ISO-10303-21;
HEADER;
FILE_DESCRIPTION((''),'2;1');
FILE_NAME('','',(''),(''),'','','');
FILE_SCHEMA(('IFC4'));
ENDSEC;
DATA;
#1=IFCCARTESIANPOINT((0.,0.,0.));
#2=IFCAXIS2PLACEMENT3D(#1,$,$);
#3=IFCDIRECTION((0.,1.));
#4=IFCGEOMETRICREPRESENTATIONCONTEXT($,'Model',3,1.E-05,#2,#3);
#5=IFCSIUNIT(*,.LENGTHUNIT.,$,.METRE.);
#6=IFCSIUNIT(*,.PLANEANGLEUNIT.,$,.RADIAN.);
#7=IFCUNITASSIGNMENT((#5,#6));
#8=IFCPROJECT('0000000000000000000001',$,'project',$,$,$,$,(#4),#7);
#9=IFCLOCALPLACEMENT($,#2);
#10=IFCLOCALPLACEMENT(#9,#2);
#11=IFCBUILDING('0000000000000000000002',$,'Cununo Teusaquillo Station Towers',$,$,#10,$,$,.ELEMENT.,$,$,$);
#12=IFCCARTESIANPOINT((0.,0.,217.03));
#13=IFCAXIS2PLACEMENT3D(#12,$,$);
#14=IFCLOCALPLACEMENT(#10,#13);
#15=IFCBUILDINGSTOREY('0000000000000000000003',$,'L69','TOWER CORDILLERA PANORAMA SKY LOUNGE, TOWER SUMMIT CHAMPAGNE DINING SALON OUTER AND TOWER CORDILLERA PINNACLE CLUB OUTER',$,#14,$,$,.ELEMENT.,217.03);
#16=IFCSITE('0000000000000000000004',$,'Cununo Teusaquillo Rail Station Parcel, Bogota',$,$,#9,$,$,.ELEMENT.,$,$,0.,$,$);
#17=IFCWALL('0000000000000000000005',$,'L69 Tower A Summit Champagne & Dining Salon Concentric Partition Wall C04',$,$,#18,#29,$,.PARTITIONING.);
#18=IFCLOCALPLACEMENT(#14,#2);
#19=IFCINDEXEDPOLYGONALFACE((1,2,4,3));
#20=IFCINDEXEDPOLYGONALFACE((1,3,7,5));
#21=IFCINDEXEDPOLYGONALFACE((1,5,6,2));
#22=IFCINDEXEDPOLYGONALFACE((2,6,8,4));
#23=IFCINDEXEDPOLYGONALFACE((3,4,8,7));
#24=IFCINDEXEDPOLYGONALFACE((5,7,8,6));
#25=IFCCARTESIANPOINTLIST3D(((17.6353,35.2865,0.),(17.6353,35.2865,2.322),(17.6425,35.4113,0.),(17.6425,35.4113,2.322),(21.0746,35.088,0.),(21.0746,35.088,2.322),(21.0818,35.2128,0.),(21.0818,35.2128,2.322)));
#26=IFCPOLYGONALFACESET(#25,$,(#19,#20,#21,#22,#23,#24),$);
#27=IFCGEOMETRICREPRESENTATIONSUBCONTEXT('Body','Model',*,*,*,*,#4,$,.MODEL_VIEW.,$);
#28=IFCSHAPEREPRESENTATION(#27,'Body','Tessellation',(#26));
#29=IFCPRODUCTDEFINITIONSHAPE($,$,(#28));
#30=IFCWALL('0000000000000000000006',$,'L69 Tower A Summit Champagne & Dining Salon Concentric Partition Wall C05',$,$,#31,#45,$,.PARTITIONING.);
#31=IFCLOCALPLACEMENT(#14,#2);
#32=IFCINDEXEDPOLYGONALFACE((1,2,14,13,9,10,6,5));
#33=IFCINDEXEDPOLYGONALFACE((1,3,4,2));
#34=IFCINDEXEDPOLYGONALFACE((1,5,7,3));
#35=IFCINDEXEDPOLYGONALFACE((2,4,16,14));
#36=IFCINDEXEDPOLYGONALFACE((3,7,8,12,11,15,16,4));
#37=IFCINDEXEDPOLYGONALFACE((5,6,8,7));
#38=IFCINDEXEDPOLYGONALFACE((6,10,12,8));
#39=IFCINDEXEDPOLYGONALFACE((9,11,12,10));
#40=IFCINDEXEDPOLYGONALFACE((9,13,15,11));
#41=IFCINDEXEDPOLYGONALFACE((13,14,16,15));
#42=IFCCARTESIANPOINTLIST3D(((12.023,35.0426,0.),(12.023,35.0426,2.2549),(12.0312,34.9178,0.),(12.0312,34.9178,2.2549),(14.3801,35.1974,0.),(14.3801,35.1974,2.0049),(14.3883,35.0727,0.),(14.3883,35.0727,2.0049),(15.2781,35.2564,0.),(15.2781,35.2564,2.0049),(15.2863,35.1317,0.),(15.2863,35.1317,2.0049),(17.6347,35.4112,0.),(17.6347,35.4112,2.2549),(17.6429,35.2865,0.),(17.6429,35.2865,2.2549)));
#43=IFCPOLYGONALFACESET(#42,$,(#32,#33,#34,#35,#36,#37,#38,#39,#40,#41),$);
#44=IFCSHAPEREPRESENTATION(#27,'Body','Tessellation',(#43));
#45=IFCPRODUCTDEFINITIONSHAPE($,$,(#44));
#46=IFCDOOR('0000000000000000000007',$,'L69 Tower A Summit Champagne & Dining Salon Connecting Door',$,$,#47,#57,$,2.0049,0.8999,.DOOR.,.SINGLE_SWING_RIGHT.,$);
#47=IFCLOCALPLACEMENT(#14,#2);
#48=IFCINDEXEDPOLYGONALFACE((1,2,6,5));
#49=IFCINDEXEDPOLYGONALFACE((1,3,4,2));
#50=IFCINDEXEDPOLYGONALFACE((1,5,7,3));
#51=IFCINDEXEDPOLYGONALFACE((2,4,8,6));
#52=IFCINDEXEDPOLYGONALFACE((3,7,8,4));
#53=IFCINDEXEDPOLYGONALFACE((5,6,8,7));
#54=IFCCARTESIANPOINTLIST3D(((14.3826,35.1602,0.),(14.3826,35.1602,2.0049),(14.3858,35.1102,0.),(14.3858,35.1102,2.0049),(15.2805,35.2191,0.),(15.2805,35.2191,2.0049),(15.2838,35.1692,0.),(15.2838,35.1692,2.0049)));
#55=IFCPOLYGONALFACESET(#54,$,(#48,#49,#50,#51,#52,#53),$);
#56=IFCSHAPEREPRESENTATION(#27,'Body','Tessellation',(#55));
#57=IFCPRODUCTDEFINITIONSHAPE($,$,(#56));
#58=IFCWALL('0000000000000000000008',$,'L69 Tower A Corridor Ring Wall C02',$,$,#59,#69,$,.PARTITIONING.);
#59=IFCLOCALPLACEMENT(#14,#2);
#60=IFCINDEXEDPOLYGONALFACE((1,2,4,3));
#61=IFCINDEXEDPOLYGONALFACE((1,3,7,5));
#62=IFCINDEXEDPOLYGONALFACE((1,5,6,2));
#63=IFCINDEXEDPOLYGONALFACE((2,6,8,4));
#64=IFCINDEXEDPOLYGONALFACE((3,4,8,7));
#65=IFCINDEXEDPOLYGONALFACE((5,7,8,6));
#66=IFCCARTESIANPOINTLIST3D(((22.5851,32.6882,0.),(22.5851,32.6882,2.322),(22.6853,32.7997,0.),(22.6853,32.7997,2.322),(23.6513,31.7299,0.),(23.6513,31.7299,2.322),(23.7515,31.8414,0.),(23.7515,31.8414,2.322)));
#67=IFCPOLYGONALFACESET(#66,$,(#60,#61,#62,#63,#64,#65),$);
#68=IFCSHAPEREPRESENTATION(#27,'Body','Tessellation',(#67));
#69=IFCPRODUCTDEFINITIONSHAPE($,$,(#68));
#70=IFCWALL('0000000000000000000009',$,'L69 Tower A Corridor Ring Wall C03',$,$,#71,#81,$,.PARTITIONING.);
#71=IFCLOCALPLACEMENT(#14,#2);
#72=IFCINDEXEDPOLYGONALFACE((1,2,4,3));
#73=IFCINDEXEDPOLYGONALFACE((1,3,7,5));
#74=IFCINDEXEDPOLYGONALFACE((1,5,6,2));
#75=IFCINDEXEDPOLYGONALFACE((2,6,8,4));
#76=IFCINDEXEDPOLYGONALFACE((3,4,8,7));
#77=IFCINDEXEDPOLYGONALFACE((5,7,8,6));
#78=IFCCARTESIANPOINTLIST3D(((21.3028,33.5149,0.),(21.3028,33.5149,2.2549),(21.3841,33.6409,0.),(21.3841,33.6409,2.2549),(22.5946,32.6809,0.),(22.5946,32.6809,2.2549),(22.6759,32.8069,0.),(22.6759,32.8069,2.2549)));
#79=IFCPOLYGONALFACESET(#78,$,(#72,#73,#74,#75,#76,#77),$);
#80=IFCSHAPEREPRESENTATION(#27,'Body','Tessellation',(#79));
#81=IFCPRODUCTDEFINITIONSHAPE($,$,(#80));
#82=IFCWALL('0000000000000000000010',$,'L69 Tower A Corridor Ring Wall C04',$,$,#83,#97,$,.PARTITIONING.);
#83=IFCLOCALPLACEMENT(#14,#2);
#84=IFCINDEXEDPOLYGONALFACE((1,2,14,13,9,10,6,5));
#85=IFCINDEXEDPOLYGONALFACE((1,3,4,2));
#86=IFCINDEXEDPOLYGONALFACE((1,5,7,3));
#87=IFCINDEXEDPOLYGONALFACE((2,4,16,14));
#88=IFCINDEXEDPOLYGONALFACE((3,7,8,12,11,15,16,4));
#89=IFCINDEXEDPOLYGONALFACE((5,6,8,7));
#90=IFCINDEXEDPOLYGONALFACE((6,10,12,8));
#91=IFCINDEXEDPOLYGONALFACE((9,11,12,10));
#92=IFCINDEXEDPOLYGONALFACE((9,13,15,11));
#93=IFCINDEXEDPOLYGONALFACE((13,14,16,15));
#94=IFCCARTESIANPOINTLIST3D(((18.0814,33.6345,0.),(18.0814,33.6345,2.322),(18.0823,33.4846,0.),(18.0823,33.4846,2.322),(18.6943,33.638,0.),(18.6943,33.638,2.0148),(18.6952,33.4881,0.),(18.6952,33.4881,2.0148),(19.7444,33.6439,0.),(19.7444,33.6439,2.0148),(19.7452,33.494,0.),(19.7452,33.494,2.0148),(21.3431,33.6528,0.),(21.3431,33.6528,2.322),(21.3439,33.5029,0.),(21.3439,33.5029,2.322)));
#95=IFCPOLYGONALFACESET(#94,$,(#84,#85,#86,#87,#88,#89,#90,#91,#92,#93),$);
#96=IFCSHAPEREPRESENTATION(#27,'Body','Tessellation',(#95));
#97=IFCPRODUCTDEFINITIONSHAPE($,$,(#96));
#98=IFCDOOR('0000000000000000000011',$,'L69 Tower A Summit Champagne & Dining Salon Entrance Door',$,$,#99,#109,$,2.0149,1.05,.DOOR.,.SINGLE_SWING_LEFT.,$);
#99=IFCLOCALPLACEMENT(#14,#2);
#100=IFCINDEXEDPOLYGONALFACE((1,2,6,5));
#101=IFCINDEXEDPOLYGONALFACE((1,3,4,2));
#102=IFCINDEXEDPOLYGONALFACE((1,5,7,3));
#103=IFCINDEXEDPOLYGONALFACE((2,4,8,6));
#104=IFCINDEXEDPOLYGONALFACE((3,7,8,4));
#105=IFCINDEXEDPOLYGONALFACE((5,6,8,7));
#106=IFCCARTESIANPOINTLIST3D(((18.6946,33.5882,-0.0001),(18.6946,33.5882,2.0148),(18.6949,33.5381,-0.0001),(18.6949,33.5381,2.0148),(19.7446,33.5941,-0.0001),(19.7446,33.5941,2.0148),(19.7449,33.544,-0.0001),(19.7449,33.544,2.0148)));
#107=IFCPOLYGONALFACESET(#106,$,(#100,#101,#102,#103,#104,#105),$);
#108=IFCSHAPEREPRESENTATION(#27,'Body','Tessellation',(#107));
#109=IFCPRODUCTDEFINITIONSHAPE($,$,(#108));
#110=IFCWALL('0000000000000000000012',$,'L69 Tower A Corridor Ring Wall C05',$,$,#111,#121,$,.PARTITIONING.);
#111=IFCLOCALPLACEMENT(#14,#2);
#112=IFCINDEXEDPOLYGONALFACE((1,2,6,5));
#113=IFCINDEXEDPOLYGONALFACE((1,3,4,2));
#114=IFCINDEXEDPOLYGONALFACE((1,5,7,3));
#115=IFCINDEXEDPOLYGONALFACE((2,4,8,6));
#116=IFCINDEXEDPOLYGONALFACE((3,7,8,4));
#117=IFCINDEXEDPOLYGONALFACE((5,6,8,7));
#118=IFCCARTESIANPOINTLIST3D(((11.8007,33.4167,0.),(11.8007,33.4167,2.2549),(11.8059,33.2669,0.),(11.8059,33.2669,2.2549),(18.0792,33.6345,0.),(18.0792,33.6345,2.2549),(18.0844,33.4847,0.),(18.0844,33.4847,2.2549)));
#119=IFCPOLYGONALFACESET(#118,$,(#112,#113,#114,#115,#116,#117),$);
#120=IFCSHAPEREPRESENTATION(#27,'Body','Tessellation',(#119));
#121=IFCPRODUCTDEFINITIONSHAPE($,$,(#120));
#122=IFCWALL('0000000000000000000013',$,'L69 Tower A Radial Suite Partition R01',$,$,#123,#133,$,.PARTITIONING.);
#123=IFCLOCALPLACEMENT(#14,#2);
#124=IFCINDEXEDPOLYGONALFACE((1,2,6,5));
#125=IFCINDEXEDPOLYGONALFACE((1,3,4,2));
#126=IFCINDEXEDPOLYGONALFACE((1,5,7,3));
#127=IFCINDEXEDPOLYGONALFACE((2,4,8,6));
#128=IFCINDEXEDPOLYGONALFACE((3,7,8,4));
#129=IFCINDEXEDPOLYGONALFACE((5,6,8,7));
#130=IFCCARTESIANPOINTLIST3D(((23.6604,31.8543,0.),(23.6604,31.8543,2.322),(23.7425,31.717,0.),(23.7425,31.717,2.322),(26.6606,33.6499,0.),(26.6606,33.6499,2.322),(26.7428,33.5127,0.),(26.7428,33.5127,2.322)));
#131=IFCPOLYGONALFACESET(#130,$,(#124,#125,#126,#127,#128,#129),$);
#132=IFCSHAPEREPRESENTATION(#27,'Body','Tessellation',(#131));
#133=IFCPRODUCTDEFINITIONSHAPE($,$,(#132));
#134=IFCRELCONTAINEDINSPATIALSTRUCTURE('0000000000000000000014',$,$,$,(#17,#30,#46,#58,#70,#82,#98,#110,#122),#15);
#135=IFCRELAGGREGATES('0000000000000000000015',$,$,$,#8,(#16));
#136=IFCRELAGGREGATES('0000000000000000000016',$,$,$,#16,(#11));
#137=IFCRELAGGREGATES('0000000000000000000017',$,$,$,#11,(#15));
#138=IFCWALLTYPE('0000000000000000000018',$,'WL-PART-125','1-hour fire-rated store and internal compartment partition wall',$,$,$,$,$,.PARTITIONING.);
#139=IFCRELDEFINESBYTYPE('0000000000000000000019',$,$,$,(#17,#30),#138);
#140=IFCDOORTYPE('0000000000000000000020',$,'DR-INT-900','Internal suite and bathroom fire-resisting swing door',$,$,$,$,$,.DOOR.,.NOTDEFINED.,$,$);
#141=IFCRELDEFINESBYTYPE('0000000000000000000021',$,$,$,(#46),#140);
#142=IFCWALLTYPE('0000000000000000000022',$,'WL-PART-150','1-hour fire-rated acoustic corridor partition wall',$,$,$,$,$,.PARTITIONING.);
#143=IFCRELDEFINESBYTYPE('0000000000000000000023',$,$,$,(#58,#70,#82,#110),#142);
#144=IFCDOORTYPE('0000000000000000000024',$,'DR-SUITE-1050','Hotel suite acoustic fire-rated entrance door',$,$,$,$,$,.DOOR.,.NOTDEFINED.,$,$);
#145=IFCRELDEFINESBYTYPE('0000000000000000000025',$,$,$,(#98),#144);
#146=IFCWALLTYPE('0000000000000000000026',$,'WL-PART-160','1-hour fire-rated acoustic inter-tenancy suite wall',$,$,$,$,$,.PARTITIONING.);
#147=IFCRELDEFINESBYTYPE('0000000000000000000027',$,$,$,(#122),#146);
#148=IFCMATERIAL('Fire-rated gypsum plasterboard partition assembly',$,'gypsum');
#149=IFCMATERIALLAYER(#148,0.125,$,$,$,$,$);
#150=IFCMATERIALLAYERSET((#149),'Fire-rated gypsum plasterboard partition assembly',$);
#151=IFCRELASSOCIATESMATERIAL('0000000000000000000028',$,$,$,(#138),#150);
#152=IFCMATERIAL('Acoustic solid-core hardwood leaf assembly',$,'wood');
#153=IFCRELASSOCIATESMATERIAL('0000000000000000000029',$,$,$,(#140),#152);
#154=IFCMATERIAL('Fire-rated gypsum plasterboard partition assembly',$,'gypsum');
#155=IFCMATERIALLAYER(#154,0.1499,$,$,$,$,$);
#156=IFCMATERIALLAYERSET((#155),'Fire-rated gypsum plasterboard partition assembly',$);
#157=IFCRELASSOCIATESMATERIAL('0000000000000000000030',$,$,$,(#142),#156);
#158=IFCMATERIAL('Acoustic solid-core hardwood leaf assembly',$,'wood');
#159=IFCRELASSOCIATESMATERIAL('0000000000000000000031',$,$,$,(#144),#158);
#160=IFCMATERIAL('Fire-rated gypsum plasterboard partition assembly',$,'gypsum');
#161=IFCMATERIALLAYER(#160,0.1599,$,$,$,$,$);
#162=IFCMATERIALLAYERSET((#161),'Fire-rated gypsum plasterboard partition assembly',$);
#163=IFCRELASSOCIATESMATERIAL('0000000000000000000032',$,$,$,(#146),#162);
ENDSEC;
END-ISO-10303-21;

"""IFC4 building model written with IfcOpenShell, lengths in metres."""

from ifc_helpers import new_model, si_unit, direction, frame, frame_2d, origin, place, context, subcontext, project, spatial, rectangle, extrude, source, transform, mapped, material, layer, layer_set, type_object, element, fill, save


model = new_model("IFC4")

# Units and contexts
model_context = context("Model", 3, precision=1e-05, world=origin(), true_north=direction((0.0, 1.0)))
body_context = subcontext(model_context, "Body", "Model", "MODEL_VIEW")
ifc_project = project(units=[si_unit("LENGTHUNIT", "METRE"), si_unit("PLANEANGLEUNIT", "RADIAN")], contexts=[model_context])

# Site, building, storey
site_placement = place(None, origin())
site = spatial("IfcSite", under=ifc_project, at=site_placement, Name="Cununo Teusaquillo Rail Station Parcel, Bogota", CompositionType="ELEMENT", RefElevation=0.0)
building_placement = place(site_placement, origin())
building = spatial("IfcBuilding", under=site, at=building_placement, Name="Cununo Teusaquillo Station Towers", CompositionType="ELEMENT")
storey_placement = place(building_placement, frame((0.0, 0.0, 217.03)))
storey = spatial("IfcBuildingStorey", under=building, at=storey_placement, Name="L69", Description="TOWER CORDILLERA PANORAMA SKY LOUNGE, TOWER SUMMIT CHAMPAGNE DINING SALON OUTER AND TOWER CORDILLERA PINNACLE CLUB OUTER", CompositionType="ELEMENT", Elevation=217.03)

# Wall
ifc_material_1 = material(Name="Fire-rated gypsum plasterboard partition assembly", Category="gypsum")
ifc_layer_1 = layer(ifc_material_1, 0.125)
ifc_layer_set_1 = layer_set([ifc_layer_1], Name="Fire-rated gypsum plasterboard partition assembly")
wall_type_1 = type_object("IfcWallType", Name="WL-PART-125", Description="1-hour fire-rated store and internal compartment partition wall", PredefinedType="PARTITIONING", material=ifc_layer_set_1)
wall_1_placement = place(storey_placement, frame((21.0784, 35.1504, 0.0), z_axis=(0.0, 0.0, 1.0), x_axis=(-0.998339, 0.057613, 0.0)))
element("IfcWall", 1, at=wall_1_placement, inside=storey, type_object=wall_type_1, Name="L69 Tower A Summit Champagne & Dining Salon Concentric Partition Wall C04", PredefinedType="PARTITIONING", context=body_context, shape_type="SweptSolid", body=[
    extrude(rectangle(XDim=3.4451, YDim=0.125, at=frame_2d((1.7227, 0.0))), origin(), (0.0, 0.0, 1.0), 2.322),
])

# Wall, opening, door
wall_2_placement = place(storey_placement, frame((17.6389, 35.3489, 0.0), z_axis=(0.0, 0.0, 1.0), x_axis=(-0.997849, -0.065554, 0.0)))
wall_2 = element("IfcWall", 2, at=wall_2_placement, inside=storey, type_object=wall_type_1, Name="L69 Tower A Summit Champagne & Dining Salon Concentric Partition Wall C05", PredefinedType="PARTITIONING", context=body_context, shape_type="SweptSolid", body=[
    extrude(rectangle(XDim=5.6238, YDim=0.125, at=frame_2d((2.812, 0.0))), origin(), (0.0, 0.0, 1.0), 2.2549),
])
shared_shape_1 = source(origin(), body_context, "Body", "SweptSolid", [
    extrude(rectangle(XDim=0.8999, YDim=2.0049, at=frame_2d((0.45, 1.0024))), frame((0.0, 0.0725, 0.0), z_axis=(0.0, -1.0, 0.0), x_axis=(1.0, 0.0, 0.0)), (0.0, 0.0, 1.0), 0.145),
])
opening_1_placement = place(wall_2_placement, frame((2.3618, 0.0, 0.0)))
opening_1 = element("IfcOpeningElement", 3, at=opening_1_placement, cuts=wall_2, PredefinedType="OPENING", context=body_context, shape_type="MappedRepresentation", body=[
    mapped(shared_shape_1, transform((0.0, 0.0, 0.0), x_axis=(1.0, 0.0, 0.0), y_axis=(0.0, 1.0, 0.0), z_axis=(0.0, 0.0, 1.0), scale=1.0)),
])
ifc_material_2 = material(Name="Acoustic solid-core hardwood leaf assembly", Category="wood")
door_type_1 = type_object("IfcDoorType", Name="DR-INT-900", Description="Internal suite and bathroom fire-resisting swing door", OperationType="NOTDEFINED", PredefinedType="DOOR", material=ifc_material_2)
shared_shape_2 = source(origin(), body_context, "Body", "SweptSolid", [
    extrude(rectangle(XDim=0.8999, YDim=2.0049, at=frame_2d((0.45, 1.0024))), frame((0.0, 0.0249, 0.0), z_axis=(0.0, -1.0, 0.0), x_axis=(1.0, 0.0, 0.0)), (0.0, 0.0, 1.0), 0.05),
])
door_1_placement = place(opening_1_placement, origin())
door_1 = element("IfcDoor", 4, at=door_1_placement, inside=storey, type_object=door_type_1, Name="L69 Tower A Summit Champagne & Dining Salon Connecting Door", OperationType="SINGLE_SWING_RIGHT", OverallHeight=2.0049, OverallWidth=0.8999, PredefinedType="DOOR", context=body_context, shape_type="MappedRepresentation", body=[
    mapped(shared_shape_2, transform((0.0, 0.0, 0.0), x_axis=(1.0, 0.0, 0.0), y_axis=(0.0, 1.0, 0.0), z_axis=(0.0, 0.0, 1.0), scale=1.0)),
])
fill(opening_1, door_1)

# Walls
ifc_material_3 = material(Name="Fire-rated gypsum plasterboard partition assembly", Category="gypsum")
ifc_layer_2 = layer(ifc_material_3, 0.1499)
ifc_layer_set_2 = layer_set([ifc_layer_2], Name="Fire-rated gypsum plasterboard partition assembly")
wall_type_2 = type_object("IfcWallType", Name="WL-PART-150", Description="1-hour fire-rated acoustic corridor partition wall", PredefinedType="PARTITIONING", material=ifc_layer_set_2)
wall_3_placement = place(storey_placement, frame((23.7014, 31.7856, 0.0), z_axis=(0.0, 0.0, 1.0), x_axis=(-0.743743, 0.668466, 0.0)))
element("IfcWall", 5, at=wall_3_placement, inside=storey, type_object=wall_type_2, Name="L69 Tower A Corridor Ring Wall C02", PredefinedType="PARTITIONING", context=body_context, shape_type="SweptSolid", body=[
    extrude(rectangle(XDim=1.4336, YDim=0.1499, at=frame_2d((0.7168, 0.0))), origin(), (0.0, 0.0, 1.0), 2.322),
])
wall_4_placement = place(storey_placement, frame((22.6353, 32.7439, 0.0), z_axis=(0.0, 0.0, 1.0), x_axis=(-0.840119, 0.542402, 0.0)))
element("IfcWall", 6, at=wall_4_placement, inside=storey, type_object=wall_type_2, Name="L69 Tower A Corridor Ring Wall C03", PredefinedType="PARTITIONING", context=body_context, shape_type="SweptSolid", body=[
    extrude(rectangle(XDim=1.5376, YDim=0.1499, at=frame_2d((0.7688, 0.0))), origin(), (0.0, 0.0, 1.0), 2.2549),
])

# Wall, opening, door
wall_5_placement = place(storey_placement, frame((21.3435, 33.5779, 0.0), z_axis=(0.0, 0.0, 1.0), x_axis=(-0.999984, -0.005614, 0.0)))
wall_5 = element("IfcWall", 7, at=wall_5_placement, inside=storey, type_object=wall_type_2, Name="L69 Tower A Corridor Ring Wall C04", PredefinedType="PARTITIONING", context=body_context, shape_type="SweptSolid", body=[
    extrude(rectangle(XDim=3.2617, YDim=0.1499, at=frame_2d((1.6309, 0.0))), origin(), (0.0, 0.0, 1.0), 2.322),
])
shared_shape_3 = source(origin(), body_context, "Body", "SweptSolid", [
    extrude(rectangle(XDim=1.05, YDim=2.0149, at=frame_2d((0.5249, 1.0073))), frame((0.0, 0.085, 0.0), z_axis=(0.0, -1.0, 0.0), x_axis=(1.0, 0.0, 0.0)), (0.0, 0.0, 1.0), 0.1699),
])
opening_2_placement = place(wall_5_placement, frame((1.5989, 0.0, 0.0)))
opening_2 = element("IfcOpeningElement", 8, at=opening_2_placement, cuts=wall_5, PredefinedType="OPENING", context=body_context, shape_type="MappedRepresentation", body=[
    mapped(shared_shape_3, transform((0.0, 0.0, 0.0), x_axis=(1.0, 0.0, 0.0), y_axis=(0.0, 1.0, 0.0), z_axis=(0.0, 0.0, 1.0), scale=1.0)),
])
ifc_material_4 = material(Name="Acoustic solid-core hardwood leaf assembly", Category="wood")
door_type_2 = type_object("IfcDoorType", Name="DR-SUITE-1050", Description="Hotel suite acoustic fire-rated entrance door", OperationType="NOTDEFINED", PredefinedType="DOOR", material=ifc_material_4)
shared_shape_4 = source(origin(), body_context, "Body", "SweptSolid", [
    extrude(rectangle(XDim=1.05, YDim=2.0149, at=frame_2d((0.5249, 1.0073))), frame((0.0, 0.0249, 0.0), z_axis=(0.0, -1.0, 0.0), x_axis=(1.0, 0.0, 0.0)), (0.0, 0.0, 1.0), 0.05),
])
door_2_placement = place(opening_2_placement, origin())
door_2 = element("IfcDoor", 9, at=door_2_placement, inside=storey, type_object=door_type_2, Name="L69 Tower A Summit Champagne & Dining Salon Entrance Door", OperationType="SINGLE_SWING_LEFT", OverallHeight=2.0149, OverallWidth=1.05, PredefinedType="DOOR", context=body_context, shape_type="MappedRepresentation", body=[
    mapped(shared_shape_4, transform((0.0, 0.0, 0.0), x_axis=(1.0, 0.0, 0.0), y_axis=(0.0, 1.0, 0.0), z_axis=(0.0, 0.0, 1.0), scale=1.0)),
])
fill(opening_2, door_2)

# Walls
wall_6_placement = place(storey_placement, frame((18.0818, 33.5596, 0.0), z_axis=(0.0, 0.0, 1.0), x_axis=(-0.999399, -0.034664, 0.0)))
element("IfcWall", 10, at=wall_6_placement, inside=storey, type_object=wall_type_2, Name="L69 Tower A Corridor Ring Wall C05", PredefinedType="PARTITIONING", context=body_context, shape_type="SweptSolid", body=[
    extrude(rectangle(XDim=6.2822, YDim=0.1499, at=frame_2d((3.1411, 0.0))), origin(), (0.0, 0.0, 1.0), 2.2549),
])
ifc_material_5 = material(Name="Fire-rated gypsum plasterboard partition assembly", Category="gypsum")
ifc_layer_3 = layer(ifc_material_5, 0.1599)
ifc_layer_set_3 = layer_set([ifc_layer_3], Name="Fire-rated gypsum plasterboard partition assembly")
wall_type_3 = type_object("IfcWallType", Name="WL-PART-160", Description="1-hour fire-rated acoustic inter-tenancy suite wall", PredefinedType="PARTITIONING", material=ifc_layer_set_3)
wall_7_placement = place(storey_placement, frame((23.7014, 31.7856, 0.0), z_axis=(0.0, 0.0, 1.0), x_axis=(0.858059, 0.513551, 0.0)))
element("IfcWall", 11, at=wall_7_placement, inside=storey, type_object=wall_type_3, Name="L69 Tower A Radial Suite Partition R01", PredefinedType="PARTITIONING", context=body_context, shape_type="SweptSolid", body=[
    extrude(rectangle(XDim=3.4966, YDim=0.1599, at=frame_2d((1.7483, 0.0))), origin(), (0.0, 0.0, 1.0), 2.322),
])

save(model, "model.ifc")
